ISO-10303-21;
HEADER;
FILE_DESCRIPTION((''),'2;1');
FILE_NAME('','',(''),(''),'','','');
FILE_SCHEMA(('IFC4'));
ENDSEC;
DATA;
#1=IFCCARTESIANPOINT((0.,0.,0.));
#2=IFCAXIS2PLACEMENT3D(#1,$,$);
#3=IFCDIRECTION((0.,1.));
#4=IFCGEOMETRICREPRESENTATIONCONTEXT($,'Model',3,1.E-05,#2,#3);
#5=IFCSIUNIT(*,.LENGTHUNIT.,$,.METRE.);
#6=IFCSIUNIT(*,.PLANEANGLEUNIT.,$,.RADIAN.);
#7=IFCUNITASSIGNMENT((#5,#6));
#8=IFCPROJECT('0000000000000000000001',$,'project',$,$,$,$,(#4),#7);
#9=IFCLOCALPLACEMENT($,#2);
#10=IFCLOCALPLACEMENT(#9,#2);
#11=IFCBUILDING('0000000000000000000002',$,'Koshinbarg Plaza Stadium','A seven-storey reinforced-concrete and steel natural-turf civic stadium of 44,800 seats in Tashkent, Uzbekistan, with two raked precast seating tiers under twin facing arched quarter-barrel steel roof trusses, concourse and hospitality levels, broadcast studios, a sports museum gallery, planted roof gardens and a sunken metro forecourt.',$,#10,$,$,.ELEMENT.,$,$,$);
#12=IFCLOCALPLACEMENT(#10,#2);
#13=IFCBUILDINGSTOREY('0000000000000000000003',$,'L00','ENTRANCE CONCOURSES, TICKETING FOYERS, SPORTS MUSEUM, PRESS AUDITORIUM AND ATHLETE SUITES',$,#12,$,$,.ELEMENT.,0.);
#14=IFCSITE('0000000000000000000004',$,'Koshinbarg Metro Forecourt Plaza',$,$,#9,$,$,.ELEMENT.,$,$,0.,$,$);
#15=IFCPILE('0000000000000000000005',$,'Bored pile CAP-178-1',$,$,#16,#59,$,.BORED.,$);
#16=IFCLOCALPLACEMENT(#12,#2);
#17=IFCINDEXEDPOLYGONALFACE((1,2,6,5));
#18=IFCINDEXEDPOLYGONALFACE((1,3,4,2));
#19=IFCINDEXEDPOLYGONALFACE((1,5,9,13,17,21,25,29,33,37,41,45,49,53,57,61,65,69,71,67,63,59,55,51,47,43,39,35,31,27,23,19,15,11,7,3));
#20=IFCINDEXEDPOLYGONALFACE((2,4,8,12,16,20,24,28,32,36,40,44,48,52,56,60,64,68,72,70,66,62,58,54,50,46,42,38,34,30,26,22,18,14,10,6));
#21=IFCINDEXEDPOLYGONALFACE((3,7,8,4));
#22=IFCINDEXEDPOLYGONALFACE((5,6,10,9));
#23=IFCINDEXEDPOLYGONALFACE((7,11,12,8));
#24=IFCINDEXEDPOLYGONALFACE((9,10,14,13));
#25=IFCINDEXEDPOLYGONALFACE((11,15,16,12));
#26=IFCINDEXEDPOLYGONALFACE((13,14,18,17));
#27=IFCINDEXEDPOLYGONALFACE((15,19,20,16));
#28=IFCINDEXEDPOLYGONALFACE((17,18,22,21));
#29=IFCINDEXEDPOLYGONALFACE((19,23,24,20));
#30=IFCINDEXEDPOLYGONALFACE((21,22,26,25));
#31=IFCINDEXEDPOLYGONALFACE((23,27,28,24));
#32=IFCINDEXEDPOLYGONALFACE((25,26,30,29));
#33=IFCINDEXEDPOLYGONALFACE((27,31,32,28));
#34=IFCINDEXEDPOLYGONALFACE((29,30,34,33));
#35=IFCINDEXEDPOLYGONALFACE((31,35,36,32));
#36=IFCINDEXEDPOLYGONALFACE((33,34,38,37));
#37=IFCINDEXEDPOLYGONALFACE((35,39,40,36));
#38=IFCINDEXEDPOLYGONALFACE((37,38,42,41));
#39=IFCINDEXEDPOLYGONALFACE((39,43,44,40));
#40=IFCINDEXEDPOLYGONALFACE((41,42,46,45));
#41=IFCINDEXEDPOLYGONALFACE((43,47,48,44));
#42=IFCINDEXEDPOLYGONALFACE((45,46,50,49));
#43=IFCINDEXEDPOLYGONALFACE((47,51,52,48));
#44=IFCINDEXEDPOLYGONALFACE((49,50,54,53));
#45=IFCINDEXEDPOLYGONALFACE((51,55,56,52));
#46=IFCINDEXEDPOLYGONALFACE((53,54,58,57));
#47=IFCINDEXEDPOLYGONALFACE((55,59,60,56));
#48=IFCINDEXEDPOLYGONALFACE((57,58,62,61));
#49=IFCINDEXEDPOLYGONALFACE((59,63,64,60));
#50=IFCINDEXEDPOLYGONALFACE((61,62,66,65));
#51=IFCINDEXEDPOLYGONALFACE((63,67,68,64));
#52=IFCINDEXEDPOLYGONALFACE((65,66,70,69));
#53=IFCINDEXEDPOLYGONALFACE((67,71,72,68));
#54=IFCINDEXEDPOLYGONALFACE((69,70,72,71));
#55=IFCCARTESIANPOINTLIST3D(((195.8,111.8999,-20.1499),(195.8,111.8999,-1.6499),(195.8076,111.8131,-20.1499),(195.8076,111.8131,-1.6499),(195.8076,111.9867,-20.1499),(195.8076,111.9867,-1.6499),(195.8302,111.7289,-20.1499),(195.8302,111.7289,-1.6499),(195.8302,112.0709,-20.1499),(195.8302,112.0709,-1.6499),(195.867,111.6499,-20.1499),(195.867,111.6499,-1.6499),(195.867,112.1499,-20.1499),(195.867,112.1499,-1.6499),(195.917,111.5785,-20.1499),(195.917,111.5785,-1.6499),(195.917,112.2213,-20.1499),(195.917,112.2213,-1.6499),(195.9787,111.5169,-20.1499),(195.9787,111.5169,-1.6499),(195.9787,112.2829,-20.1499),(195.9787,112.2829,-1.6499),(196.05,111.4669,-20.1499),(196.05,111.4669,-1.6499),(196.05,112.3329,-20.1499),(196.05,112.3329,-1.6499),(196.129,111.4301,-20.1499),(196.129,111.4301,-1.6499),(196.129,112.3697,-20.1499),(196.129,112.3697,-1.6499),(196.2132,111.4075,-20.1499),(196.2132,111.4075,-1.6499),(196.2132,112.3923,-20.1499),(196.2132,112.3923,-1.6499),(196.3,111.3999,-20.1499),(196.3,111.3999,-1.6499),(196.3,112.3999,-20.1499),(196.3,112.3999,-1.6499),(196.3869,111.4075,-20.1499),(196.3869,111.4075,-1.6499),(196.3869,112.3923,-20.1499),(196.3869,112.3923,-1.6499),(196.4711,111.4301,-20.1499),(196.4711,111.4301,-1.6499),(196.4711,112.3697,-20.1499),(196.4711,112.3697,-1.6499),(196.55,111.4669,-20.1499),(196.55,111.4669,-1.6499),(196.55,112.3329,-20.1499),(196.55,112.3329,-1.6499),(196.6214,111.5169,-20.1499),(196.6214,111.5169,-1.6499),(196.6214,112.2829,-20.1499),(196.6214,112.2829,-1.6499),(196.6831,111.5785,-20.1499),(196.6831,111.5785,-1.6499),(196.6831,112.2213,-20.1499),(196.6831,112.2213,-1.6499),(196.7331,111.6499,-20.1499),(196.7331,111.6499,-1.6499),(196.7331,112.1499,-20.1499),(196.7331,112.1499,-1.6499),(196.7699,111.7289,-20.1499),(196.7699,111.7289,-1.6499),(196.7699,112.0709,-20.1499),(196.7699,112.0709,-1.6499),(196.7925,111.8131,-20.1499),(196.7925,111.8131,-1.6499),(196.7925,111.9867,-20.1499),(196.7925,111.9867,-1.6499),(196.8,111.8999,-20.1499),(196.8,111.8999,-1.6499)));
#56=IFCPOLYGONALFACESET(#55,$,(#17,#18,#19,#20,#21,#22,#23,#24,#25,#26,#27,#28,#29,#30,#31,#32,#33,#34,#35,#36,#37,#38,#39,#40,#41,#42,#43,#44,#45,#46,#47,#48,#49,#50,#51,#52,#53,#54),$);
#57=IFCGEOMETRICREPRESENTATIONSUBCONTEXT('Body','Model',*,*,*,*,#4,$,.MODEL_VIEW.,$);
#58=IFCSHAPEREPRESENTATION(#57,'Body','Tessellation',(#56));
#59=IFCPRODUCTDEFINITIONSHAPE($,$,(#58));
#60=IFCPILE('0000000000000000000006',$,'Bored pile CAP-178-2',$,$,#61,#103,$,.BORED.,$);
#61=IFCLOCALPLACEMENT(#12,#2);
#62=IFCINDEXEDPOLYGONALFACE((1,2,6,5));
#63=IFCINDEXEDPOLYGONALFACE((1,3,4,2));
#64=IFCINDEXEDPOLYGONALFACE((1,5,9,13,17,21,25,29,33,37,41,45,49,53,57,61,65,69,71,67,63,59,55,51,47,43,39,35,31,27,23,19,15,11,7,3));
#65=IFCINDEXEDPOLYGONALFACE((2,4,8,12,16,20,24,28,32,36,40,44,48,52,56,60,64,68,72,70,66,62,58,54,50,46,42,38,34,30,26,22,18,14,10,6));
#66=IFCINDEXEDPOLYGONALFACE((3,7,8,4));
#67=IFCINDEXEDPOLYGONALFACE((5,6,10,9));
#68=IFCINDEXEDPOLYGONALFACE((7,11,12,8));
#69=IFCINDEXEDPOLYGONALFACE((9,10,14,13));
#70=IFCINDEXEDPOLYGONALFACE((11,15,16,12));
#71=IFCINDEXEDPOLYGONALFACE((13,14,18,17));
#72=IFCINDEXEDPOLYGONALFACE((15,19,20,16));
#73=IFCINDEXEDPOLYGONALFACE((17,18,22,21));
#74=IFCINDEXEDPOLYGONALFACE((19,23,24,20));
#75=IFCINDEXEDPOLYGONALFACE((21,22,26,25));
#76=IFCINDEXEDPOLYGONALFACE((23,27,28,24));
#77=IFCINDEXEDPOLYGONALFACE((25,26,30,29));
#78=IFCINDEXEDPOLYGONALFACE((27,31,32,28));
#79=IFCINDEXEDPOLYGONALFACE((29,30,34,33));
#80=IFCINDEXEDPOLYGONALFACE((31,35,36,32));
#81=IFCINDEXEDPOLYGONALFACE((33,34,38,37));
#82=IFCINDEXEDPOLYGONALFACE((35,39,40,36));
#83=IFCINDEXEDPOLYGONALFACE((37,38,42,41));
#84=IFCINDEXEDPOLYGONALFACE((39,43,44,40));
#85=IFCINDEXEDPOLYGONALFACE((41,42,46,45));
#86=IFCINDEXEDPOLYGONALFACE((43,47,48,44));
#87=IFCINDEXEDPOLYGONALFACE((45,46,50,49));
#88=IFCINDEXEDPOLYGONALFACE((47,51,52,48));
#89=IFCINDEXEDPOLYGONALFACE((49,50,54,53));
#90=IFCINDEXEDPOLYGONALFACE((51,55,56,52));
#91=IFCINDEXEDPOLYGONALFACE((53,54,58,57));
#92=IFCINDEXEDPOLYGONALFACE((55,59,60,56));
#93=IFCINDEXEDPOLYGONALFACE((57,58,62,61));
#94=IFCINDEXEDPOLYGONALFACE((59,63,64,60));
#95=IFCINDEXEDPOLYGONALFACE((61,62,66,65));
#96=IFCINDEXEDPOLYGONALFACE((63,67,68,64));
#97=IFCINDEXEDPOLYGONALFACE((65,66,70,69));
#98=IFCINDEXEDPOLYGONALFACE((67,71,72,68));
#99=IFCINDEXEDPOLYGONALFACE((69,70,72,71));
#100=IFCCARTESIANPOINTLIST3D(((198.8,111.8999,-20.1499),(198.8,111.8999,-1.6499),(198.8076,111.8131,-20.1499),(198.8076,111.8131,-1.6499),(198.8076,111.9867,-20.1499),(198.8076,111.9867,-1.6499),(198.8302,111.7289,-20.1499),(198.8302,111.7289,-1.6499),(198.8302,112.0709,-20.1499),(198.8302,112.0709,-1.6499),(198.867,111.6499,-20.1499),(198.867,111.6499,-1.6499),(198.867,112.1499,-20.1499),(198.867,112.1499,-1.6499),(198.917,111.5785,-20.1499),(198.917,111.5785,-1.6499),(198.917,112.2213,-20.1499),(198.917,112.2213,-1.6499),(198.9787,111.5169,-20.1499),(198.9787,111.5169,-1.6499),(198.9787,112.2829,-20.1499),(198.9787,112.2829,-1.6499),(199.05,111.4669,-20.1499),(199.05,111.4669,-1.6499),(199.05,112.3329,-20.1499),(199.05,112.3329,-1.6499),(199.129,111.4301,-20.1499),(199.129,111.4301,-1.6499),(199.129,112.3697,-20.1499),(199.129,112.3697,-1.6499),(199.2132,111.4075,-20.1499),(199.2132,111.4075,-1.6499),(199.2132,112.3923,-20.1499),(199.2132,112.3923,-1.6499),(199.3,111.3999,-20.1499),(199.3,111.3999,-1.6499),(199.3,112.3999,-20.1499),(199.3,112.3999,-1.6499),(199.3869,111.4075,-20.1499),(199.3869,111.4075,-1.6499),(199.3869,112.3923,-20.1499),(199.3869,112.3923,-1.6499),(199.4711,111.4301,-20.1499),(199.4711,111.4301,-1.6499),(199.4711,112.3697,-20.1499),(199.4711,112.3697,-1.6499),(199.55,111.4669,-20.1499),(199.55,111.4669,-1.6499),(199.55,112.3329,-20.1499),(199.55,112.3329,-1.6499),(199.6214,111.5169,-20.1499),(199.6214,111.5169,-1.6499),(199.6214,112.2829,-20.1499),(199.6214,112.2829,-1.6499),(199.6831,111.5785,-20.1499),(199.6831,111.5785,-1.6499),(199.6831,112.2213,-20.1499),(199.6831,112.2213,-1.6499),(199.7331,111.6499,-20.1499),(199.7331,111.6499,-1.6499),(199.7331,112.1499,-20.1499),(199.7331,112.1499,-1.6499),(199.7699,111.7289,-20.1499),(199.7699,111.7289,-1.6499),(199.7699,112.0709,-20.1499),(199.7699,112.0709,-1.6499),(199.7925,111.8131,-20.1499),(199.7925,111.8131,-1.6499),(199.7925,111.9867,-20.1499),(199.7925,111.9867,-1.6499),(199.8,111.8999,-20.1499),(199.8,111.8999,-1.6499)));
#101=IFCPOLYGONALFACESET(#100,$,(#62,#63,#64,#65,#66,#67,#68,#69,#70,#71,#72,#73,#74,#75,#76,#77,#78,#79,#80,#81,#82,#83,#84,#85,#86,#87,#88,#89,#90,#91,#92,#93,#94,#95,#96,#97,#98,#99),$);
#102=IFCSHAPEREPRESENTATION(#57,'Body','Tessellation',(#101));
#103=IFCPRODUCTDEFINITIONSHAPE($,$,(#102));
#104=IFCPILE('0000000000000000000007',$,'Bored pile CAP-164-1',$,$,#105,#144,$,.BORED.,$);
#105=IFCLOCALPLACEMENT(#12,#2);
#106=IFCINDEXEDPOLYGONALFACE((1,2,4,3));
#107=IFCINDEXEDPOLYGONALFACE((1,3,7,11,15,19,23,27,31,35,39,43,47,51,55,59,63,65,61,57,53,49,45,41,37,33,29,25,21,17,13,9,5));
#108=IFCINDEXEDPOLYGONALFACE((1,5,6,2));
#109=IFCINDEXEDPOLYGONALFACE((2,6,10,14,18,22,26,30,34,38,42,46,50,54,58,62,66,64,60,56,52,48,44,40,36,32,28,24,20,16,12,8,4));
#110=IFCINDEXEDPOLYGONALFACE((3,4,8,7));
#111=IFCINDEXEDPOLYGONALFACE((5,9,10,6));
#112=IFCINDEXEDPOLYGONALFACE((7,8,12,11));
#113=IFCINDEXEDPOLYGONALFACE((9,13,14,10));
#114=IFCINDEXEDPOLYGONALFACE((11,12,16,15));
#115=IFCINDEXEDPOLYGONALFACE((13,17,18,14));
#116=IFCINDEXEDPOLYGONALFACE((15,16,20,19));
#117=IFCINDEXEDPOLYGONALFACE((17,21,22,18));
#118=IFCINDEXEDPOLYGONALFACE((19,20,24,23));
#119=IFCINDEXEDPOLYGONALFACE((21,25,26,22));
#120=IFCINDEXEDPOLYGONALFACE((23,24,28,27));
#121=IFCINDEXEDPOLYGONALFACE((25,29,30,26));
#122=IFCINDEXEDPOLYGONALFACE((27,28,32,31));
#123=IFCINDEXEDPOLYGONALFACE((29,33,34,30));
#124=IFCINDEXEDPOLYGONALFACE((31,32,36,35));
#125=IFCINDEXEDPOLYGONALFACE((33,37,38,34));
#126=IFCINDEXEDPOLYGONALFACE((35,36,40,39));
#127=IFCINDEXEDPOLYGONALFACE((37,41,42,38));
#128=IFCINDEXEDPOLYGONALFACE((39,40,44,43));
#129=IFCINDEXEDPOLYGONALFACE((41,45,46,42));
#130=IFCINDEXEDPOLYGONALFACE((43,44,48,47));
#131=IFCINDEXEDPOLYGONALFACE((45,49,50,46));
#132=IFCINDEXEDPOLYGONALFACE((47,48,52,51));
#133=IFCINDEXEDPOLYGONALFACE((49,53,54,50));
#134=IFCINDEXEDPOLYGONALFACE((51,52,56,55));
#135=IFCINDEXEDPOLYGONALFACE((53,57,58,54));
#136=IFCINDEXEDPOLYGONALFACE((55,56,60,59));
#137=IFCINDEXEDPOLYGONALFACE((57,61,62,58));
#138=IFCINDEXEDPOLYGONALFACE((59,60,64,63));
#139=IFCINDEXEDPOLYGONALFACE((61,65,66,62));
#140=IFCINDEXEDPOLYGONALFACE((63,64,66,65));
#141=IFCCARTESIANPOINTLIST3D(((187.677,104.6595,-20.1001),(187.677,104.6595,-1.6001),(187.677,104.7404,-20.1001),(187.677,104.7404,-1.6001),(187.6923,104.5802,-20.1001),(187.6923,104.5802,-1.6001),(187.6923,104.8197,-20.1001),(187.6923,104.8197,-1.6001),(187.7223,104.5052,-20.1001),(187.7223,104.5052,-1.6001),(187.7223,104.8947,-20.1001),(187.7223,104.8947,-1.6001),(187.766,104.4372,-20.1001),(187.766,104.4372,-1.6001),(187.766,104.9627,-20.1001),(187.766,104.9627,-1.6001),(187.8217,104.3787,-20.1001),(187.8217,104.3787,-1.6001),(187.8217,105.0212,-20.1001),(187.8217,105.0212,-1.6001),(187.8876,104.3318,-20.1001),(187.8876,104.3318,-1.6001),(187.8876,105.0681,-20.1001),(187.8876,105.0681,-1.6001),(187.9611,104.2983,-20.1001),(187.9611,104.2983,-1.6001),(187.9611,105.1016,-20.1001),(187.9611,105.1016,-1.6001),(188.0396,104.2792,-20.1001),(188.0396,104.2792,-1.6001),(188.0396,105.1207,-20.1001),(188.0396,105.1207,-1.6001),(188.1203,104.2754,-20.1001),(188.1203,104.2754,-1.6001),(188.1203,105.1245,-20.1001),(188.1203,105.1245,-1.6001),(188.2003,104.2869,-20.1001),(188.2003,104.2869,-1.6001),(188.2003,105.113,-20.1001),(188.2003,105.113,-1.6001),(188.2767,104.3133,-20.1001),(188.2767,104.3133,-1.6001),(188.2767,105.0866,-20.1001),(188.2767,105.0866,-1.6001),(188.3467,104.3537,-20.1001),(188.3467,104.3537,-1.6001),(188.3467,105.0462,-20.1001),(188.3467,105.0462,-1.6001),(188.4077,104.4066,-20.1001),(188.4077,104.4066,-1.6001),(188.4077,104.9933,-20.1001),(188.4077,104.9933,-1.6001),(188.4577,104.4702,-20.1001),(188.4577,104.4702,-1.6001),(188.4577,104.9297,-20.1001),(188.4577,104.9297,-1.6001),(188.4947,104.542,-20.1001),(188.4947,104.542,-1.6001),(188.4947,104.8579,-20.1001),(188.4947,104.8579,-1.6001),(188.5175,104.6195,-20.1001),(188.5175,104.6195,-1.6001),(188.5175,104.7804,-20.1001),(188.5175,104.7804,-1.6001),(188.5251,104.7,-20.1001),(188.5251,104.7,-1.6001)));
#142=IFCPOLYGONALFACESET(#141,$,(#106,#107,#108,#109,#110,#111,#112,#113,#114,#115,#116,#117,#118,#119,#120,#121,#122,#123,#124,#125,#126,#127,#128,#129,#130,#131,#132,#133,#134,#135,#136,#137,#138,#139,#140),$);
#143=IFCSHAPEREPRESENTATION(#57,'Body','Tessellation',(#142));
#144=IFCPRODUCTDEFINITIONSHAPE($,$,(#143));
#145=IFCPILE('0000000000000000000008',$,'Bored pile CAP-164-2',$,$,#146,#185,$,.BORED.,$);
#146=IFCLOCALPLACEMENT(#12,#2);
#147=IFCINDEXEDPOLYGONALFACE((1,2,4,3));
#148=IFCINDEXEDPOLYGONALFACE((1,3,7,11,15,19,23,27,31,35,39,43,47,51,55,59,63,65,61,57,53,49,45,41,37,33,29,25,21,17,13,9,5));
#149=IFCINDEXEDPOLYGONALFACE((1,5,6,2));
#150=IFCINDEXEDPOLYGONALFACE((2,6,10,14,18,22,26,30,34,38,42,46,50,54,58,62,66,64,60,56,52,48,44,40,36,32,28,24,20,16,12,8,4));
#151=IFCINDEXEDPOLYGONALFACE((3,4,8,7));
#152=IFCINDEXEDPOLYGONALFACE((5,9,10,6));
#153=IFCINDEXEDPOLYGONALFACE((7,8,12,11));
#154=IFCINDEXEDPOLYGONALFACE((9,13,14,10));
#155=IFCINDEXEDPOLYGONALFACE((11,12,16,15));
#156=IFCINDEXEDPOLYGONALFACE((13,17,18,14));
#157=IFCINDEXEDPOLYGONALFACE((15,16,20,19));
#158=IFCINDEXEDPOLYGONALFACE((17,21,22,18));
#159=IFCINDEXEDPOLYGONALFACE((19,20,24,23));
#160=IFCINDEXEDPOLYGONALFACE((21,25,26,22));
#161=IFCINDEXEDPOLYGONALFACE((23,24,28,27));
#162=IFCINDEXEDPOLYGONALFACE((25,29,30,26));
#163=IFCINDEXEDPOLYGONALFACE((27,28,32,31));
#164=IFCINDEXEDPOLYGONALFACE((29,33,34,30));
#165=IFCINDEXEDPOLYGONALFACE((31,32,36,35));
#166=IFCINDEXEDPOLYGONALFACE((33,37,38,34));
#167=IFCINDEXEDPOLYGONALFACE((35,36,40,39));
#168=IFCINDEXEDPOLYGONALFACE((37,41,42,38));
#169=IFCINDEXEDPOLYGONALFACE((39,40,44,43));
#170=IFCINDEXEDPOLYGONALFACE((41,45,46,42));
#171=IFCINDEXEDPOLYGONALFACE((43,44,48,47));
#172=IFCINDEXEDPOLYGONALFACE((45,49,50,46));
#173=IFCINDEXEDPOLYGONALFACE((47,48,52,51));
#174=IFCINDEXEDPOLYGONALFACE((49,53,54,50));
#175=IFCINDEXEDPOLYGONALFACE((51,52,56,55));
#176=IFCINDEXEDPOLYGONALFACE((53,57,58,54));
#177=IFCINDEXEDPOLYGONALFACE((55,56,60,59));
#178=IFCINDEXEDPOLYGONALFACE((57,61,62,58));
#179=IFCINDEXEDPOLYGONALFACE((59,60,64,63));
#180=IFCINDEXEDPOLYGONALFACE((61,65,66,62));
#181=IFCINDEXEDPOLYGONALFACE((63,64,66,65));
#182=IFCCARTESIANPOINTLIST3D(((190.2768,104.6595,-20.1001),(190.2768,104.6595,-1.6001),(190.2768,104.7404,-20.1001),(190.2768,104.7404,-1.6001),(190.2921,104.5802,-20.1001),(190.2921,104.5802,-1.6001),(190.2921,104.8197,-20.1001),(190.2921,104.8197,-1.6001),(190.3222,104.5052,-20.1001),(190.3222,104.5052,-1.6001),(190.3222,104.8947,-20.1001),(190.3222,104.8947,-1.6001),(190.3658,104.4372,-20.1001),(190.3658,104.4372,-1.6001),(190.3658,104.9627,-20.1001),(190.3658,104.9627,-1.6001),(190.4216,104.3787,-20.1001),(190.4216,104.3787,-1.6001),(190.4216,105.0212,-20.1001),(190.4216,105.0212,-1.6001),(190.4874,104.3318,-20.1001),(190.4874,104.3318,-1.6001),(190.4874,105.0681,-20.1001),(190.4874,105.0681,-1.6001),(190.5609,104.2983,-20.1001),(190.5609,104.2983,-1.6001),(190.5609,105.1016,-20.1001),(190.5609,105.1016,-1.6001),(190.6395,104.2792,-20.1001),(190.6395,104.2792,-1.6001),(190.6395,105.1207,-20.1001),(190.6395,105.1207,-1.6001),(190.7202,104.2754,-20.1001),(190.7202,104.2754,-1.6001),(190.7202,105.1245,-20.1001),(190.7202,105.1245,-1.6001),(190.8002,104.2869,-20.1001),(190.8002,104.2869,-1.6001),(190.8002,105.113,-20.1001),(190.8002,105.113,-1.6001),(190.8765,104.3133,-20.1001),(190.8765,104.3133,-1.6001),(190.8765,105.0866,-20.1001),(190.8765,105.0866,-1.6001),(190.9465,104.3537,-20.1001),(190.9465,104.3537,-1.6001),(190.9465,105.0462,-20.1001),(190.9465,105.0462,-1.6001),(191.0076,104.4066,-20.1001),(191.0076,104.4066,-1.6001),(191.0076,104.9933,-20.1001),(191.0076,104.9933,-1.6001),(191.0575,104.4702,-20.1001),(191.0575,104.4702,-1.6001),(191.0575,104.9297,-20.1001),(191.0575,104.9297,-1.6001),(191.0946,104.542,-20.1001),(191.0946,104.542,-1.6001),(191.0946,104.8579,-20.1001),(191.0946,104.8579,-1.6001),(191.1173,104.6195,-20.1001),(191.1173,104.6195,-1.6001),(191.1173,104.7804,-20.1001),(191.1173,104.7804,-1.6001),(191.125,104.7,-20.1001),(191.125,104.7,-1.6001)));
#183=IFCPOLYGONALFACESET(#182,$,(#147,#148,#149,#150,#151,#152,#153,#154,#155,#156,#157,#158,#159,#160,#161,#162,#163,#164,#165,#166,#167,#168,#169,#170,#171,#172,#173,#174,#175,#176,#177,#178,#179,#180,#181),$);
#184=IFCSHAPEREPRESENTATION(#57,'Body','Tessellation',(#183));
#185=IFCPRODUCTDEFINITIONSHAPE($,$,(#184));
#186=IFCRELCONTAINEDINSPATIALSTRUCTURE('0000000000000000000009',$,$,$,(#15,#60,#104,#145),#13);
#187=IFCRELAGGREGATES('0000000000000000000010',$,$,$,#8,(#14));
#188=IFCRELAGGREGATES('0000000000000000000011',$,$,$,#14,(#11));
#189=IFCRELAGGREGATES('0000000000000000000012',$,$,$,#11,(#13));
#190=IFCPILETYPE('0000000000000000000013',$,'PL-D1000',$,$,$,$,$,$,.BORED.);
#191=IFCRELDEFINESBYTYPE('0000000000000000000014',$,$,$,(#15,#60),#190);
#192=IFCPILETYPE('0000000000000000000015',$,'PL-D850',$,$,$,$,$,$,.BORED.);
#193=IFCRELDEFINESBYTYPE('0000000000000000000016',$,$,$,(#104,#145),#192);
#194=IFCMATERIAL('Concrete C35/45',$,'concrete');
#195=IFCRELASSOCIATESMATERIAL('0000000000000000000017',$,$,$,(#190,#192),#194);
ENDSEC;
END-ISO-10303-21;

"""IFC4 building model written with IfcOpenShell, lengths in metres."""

from ifc_helpers import new_model, si_unit, direction, frame, origin, origin_2d, place, context, subcontext, project, spatial, circle, extrude, material, material_profile, profile_set, type_object, element, save


model = new_model("IFC4")

# Units and contexts
model_context = context("Model", 3, precision=1e-05, world=origin(), true_north=direction((0.0, 1.0)))
body_context = subcontext(model_context, "Body", "Model", "MODEL_VIEW")
ifc_project = project(units=[si_unit("LENGTHUNIT", "METRE"), si_unit("PLANEANGLEUNIT", "RADIAN")], contexts=[model_context])

# Site, building, storey
site_placement = place(None, origin())
site = spatial("IfcSite", under=ifc_project, at=site_placement, Name="Koshinbarg Metro Forecourt Plaza", CompositionType="ELEMENT", RefElevation=0.0)
building_placement = place(site_placement, origin())
building = spatial("IfcBuilding", under=site, at=building_placement, Name="Koshinbarg Plaza Stadium", Description="A seven-storey reinforced-concrete and steel natural-turf civic stadium of 44,800 seats in Tashkent, Uzbekistan, with two raked precast seating tiers under twin facing arched quarter-barrel steel roof trusses, concourse and hospitality levels, broadcast studios, a sports museum gallery, planted roof gardens and a sunken metro forecourt.", CompositionType="ELEMENT")
storey_placement = place(building_placement, origin())
storey = spatial("IfcBuildingStorey", under=building, at=storey_placement, Name="L00", Description="ENTRANCE CONCOURSES, TICKETING FOYERS, SPORTS MUSEUM, PRESS AUDITORIUM AND ATHLETE SUITES", CompositionType="ELEMENT", Elevation=0.0)

# Shared definitions
ifc_material_1 = material(Name="Concrete C35/45", Category="concrete")

# Piles
ifc_material_profile_1 = material_profile(ifc_material_1, circle(Radius=0.5, at=origin_2d()), Name="PILE D1000")
ifc_profile_set_1 = profile_set([ifc_material_profile_1], Name="Concrete C35/45")
pile_type_1 = type_object("IfcPileType", Name="PL-D1000", PredefinedType="BORED", material=ifc_profile_set_1)
for number, where, z_axis, x_axis, name in (
    (1, (196.3, 111.8999, -1.6499), (0.0, 0.0, -1.0), (1.0, 0.0, 0.0), "Bored pile CAP-178-1"),
    (2, (199.3, 111.8999, -1.6499), (0.0, 0.0, -1.0), (1.0, 0.0, 0.0), "Bored pile CAP-178-2"),
):
    element("IfcPile", number, at=place(storey_placement, frame(where, z_axis=z_axis, x_axis=x_axis)), inside=storey, type_object=pile_type_1, Name=name, PredefinedType="BORED", context=body_context, shape_type="SweptSolid", body=[
        extrude(circle(Radius=0.5, at=origin_2d()), origin(), (0.0, 0.0, 1.0), 18.5),
    ])
ifc_material_profile_2 = material_profile(ifc_material_1, circle(Radius=0.425, at=origin_2d()), Name="PILE D850")
ifc_profile_set_2 = profile_set([ifc_material_profile_2], Name="Concrete C35/45")
pile_type_2 = type_object("IfcPileType", Name="PL-D850", PredefinedType="BORED", material=ifc_profile_set_2)
for number, where, z_axis, x_axis, name in (
    (3, (188.1001, 104.7, -1.6001), (0.0, 0.0, -1.0), (1.0, 0.0, 0.0), "Bored pile CAP-164-1"),
    (4, (190.7, 104.7, -1.6001), (0.0, 0.0, -1.0), (1.0, 0.0, 0.0), "Bored pile CAP-164-2"),
):
    element("IfcPile", number, at=place(storey_placement, frame(where, z_axis=z_axis, x_axis=x_axis)), inside=storey, type_object=pile_type_2, Name=name, PredefinedType="BORED", context=body_context, shape_type="SweptSolid", body=[
        extrude(circle(Radius=0.425, at=origin_2d()), origin(), (0.0, 0.0, 1.0), 18.5),
    ])

save(model, "model.ifc")
